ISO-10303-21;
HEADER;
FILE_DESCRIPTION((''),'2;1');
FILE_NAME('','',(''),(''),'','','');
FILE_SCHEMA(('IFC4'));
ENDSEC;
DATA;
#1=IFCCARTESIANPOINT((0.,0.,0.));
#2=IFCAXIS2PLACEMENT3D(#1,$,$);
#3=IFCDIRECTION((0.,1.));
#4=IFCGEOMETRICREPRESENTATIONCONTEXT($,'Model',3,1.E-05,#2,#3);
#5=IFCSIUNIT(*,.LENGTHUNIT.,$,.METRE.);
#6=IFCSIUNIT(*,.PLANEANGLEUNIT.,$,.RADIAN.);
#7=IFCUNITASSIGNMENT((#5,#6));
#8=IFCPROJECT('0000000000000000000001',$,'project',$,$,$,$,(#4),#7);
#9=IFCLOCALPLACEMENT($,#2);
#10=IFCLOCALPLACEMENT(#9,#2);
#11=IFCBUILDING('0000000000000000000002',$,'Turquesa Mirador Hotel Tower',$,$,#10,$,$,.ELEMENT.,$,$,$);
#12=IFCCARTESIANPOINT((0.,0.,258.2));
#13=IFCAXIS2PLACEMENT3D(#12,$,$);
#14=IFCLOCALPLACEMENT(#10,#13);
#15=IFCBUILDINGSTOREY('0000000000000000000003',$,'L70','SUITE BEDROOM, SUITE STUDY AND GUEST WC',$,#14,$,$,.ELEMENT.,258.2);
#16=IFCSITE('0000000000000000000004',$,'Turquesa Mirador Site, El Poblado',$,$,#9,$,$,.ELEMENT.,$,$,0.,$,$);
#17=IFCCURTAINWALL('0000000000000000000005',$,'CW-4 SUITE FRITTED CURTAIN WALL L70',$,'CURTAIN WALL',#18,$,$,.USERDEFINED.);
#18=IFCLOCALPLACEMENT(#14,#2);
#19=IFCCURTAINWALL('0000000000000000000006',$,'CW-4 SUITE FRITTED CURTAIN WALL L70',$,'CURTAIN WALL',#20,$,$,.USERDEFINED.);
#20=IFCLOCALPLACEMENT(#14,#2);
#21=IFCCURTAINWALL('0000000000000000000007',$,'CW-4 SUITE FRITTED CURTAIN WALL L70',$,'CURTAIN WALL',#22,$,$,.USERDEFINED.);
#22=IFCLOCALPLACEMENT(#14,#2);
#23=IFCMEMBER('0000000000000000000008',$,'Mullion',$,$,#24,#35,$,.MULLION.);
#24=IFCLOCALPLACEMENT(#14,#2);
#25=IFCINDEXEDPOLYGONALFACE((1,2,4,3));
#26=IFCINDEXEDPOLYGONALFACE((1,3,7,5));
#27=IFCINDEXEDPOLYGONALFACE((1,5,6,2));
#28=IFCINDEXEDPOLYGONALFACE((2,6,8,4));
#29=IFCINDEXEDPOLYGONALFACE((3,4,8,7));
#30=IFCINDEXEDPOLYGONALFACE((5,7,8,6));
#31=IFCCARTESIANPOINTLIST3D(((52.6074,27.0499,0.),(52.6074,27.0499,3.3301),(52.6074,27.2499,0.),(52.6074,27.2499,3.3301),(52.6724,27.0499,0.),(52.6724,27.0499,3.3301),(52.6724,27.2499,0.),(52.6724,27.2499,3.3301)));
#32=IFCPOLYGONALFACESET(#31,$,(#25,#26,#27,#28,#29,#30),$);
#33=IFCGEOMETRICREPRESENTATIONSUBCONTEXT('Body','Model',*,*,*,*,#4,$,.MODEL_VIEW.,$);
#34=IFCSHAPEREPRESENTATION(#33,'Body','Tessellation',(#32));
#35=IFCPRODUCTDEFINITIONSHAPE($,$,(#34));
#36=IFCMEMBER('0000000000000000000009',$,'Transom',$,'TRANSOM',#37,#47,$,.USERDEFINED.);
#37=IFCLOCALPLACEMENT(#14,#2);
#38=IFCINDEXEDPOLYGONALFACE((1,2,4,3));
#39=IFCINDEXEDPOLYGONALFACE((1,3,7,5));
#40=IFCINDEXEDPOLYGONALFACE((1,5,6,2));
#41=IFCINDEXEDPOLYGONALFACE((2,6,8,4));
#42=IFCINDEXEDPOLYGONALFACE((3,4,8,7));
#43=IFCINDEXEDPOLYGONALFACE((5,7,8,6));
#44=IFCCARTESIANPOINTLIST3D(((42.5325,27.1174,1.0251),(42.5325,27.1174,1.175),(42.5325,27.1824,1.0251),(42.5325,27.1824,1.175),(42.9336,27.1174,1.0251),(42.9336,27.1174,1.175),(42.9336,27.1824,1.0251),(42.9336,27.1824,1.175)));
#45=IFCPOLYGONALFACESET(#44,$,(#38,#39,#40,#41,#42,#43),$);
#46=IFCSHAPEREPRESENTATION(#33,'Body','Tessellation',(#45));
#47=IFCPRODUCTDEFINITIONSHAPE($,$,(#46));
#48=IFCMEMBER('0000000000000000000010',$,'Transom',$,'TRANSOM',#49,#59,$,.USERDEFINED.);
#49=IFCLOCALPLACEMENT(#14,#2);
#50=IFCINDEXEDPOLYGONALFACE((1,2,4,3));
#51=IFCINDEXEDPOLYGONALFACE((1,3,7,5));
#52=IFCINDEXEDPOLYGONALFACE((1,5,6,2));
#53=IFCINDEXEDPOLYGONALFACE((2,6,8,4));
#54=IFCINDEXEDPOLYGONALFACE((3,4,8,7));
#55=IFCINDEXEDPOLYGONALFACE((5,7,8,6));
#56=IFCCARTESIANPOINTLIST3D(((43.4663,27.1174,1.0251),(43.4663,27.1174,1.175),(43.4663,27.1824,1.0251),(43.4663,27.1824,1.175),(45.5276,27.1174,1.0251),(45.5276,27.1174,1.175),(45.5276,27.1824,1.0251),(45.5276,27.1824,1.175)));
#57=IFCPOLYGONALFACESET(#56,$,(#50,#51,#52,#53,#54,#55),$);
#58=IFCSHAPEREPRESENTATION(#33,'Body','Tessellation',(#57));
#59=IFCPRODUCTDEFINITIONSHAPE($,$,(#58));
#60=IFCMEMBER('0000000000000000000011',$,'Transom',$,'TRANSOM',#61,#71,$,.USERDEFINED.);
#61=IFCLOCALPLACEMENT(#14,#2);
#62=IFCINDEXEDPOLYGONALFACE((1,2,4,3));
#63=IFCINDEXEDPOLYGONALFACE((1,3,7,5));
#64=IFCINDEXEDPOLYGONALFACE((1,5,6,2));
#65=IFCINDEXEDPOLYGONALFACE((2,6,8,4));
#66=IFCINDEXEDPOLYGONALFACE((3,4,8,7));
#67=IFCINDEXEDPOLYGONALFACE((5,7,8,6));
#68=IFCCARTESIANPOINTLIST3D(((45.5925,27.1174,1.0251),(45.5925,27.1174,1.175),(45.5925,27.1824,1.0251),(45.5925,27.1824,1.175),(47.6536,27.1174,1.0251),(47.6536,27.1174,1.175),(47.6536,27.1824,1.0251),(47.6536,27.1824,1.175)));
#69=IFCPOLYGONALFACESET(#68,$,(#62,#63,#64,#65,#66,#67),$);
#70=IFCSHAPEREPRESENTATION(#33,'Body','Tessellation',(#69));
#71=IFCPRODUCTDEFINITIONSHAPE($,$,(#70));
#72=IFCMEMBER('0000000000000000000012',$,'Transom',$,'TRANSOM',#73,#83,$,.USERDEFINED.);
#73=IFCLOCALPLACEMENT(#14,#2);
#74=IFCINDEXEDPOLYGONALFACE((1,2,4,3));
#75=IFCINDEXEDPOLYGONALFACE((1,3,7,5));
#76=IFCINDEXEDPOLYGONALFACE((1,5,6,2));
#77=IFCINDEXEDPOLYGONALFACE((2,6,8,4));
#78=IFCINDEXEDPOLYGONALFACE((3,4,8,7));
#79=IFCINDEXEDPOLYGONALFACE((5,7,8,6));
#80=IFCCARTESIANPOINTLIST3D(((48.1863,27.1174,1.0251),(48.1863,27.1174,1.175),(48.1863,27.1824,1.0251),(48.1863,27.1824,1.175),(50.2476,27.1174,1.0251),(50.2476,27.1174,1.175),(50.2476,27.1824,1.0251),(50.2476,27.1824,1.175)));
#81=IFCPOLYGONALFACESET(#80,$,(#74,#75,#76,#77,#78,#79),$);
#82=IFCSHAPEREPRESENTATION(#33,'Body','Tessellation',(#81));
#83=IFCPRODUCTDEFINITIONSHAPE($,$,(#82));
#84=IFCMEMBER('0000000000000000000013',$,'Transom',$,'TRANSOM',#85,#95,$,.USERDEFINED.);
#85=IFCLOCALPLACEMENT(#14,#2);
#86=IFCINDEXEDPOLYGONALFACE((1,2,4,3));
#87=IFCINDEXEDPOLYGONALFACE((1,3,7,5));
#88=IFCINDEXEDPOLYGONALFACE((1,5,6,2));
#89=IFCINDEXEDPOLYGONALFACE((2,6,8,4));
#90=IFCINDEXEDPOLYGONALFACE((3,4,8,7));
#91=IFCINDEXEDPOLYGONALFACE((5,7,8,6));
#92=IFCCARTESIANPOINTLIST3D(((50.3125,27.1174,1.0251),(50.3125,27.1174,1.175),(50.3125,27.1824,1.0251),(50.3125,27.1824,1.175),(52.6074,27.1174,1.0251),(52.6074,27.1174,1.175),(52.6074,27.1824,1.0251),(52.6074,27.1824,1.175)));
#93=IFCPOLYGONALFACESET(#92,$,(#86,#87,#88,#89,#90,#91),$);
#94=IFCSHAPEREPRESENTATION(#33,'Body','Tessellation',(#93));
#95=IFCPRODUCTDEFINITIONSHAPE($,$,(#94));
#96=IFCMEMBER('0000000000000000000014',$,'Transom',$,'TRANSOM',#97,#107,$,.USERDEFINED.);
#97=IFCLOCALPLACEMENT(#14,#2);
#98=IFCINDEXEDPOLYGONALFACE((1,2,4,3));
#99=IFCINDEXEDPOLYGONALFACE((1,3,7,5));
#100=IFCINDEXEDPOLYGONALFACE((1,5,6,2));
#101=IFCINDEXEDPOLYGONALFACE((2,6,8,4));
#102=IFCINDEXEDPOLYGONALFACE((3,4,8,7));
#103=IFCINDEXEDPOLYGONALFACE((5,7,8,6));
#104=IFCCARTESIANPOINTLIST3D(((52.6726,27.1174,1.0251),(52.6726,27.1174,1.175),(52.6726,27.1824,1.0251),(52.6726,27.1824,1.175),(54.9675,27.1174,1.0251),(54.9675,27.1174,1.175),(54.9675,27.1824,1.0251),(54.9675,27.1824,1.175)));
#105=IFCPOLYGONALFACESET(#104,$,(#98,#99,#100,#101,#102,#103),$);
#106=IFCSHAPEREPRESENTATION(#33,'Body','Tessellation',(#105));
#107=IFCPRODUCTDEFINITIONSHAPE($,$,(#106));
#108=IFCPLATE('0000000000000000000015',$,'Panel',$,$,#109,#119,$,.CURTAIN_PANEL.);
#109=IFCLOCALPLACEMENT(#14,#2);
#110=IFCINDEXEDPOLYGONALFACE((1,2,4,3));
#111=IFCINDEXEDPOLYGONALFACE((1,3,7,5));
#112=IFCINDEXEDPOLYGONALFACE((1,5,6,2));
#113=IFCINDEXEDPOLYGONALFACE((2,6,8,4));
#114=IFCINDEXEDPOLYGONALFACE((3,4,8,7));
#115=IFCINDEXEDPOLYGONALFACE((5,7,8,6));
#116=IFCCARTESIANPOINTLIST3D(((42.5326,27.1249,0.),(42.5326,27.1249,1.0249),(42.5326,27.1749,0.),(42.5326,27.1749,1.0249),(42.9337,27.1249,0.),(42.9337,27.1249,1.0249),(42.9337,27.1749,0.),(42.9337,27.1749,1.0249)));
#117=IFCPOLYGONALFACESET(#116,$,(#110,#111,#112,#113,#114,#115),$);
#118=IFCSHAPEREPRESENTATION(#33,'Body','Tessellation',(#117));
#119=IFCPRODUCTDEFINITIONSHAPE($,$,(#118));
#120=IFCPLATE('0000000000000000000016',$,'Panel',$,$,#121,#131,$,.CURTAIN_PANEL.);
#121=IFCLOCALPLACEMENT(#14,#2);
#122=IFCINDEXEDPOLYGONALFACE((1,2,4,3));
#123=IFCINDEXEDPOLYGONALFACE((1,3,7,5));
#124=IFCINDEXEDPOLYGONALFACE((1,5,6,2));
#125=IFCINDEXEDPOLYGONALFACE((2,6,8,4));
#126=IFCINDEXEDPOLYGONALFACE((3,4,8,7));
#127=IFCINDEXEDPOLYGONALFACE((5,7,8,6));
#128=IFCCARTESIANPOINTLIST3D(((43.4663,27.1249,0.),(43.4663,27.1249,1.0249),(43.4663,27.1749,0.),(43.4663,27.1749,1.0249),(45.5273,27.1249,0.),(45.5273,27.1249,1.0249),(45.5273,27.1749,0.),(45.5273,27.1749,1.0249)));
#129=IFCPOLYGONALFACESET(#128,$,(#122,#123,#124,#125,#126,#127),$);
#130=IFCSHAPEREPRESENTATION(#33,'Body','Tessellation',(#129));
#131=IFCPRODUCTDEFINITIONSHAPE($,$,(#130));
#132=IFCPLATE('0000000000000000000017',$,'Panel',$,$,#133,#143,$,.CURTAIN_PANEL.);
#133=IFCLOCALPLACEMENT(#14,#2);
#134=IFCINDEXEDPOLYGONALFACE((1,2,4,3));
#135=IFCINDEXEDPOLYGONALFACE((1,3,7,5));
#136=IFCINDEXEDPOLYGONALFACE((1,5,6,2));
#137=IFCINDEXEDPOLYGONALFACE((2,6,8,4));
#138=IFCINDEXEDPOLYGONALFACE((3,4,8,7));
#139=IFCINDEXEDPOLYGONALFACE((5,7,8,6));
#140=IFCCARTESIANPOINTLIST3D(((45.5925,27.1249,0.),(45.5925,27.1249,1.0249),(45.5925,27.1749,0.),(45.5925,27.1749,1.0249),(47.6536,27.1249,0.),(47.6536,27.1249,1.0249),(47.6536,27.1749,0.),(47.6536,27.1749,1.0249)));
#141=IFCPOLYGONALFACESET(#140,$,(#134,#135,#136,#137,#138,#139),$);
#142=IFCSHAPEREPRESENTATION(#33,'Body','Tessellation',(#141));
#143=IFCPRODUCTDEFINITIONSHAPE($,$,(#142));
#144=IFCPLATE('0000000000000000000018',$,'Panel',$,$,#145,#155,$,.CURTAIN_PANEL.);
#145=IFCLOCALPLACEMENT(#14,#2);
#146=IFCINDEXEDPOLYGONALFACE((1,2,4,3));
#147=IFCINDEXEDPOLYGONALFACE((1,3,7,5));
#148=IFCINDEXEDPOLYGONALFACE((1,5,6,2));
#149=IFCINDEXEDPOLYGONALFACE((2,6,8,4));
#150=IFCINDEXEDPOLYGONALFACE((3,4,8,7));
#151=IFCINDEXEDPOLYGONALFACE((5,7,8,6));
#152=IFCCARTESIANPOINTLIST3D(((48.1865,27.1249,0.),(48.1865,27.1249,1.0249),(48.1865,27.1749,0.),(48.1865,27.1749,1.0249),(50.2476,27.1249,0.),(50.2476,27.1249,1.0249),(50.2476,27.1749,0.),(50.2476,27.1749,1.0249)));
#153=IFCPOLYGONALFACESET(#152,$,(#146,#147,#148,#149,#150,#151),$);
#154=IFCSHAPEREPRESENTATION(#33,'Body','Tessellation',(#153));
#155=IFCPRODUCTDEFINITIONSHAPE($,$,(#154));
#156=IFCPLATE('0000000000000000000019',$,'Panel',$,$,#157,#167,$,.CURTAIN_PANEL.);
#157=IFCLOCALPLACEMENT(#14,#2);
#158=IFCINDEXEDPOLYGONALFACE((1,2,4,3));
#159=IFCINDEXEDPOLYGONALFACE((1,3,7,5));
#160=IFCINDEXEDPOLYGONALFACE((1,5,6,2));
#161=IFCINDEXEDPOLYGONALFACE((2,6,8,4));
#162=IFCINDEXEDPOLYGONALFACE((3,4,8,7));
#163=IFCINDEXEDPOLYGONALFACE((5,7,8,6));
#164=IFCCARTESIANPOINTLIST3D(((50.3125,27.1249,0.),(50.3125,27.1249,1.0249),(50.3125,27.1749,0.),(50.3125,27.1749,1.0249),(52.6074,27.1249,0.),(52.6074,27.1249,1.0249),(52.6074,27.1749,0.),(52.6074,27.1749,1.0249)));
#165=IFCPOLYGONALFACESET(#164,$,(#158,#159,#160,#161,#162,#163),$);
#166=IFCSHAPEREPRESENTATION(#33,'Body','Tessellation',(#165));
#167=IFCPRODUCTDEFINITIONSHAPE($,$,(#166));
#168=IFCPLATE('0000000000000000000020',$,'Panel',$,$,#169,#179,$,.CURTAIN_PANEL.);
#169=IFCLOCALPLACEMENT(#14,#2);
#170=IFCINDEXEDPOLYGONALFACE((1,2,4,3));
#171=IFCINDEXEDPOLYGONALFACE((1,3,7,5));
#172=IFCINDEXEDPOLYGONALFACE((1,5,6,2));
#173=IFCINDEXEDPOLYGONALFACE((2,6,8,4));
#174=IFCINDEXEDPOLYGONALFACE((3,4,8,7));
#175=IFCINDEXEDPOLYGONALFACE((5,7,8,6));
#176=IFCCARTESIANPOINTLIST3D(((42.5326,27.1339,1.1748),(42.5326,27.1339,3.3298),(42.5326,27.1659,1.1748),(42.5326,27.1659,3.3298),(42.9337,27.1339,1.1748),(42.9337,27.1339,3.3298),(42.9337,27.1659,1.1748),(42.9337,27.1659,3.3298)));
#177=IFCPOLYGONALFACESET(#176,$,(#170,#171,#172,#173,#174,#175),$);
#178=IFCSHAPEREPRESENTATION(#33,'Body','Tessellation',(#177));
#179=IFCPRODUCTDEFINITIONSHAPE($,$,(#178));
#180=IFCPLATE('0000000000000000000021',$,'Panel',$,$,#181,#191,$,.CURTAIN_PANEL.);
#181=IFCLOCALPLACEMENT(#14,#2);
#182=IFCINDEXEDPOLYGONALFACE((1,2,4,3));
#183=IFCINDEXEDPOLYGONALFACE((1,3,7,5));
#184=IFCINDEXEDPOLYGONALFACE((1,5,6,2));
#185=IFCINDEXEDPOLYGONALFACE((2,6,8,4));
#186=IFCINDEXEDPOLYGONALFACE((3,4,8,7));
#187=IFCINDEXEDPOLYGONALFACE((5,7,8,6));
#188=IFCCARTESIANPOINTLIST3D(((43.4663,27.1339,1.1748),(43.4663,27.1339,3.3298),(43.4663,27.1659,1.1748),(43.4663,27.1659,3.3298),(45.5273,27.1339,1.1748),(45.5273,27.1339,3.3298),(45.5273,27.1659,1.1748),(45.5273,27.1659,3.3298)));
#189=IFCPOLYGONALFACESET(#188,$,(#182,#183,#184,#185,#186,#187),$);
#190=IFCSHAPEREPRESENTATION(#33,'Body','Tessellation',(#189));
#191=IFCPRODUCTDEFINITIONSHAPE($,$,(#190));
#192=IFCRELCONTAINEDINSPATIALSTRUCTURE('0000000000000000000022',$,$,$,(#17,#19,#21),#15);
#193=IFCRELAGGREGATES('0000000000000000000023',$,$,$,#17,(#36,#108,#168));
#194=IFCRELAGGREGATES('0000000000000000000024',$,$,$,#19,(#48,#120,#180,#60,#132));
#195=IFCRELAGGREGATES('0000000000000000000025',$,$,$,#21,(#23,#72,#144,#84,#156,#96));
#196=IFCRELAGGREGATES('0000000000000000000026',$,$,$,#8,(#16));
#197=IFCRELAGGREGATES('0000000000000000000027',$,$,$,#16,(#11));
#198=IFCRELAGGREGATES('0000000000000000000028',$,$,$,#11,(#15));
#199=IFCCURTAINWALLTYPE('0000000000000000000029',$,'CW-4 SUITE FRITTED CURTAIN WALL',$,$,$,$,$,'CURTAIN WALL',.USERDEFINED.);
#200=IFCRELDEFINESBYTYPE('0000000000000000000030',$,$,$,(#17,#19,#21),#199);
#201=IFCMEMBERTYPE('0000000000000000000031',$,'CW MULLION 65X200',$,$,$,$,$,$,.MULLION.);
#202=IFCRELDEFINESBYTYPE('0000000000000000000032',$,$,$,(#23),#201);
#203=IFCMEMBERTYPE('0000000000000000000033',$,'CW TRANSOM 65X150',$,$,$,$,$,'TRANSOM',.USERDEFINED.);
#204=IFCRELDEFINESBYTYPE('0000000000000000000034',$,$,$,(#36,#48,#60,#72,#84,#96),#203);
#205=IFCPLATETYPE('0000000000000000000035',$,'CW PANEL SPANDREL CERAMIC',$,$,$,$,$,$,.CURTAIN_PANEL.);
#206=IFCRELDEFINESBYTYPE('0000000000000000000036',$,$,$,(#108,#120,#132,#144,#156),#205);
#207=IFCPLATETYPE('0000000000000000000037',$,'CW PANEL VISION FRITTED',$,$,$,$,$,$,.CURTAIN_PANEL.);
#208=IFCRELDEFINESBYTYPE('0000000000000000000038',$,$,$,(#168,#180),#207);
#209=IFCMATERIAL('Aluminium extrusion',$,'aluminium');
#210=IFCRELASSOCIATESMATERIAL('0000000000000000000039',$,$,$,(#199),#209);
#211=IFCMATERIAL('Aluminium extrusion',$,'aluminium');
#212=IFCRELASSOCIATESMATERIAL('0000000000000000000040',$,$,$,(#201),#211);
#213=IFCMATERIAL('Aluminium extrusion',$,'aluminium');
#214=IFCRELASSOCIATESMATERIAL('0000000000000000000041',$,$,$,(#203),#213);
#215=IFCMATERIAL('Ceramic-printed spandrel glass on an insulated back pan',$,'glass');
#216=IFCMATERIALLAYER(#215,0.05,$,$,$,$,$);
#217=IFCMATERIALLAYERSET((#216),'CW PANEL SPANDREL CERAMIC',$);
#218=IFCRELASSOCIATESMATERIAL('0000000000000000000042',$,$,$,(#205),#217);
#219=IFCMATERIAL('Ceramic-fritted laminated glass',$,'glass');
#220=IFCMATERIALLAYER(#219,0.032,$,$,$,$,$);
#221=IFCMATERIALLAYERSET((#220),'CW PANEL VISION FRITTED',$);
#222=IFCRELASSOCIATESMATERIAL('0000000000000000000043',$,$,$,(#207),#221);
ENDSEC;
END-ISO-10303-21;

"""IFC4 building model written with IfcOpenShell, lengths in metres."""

from ifc_helpers import new_model, si_unit, direction, frame, origin, origin_2d, place, context, subcontext, project, spatial, rectangle, extrude, material, layer, layer_set, material_profile, profile_set, type_object, element, aggregate, save


model = new_model("IFC4")

# Units and contexts
model_context = context("Model", 3, precision=1e-05, world=origin(), true_north=direction((0.0, 1.0)))
body_context = subcontext(model_context, "Body", "Model", "MODEL_VIEW")
ifc_project = project(units=[si_unit("LENGTHUNIT", "METRE"), si_unit("PLANEANGLEUNIT", "RADIAN")], contexts=[model_context])

# Site, building, storey
site_placement = place(None, origin())
site = spatial("IfcSite", under=ifc_project, at=site_placement, Name="Turquesa Mirador Site, El Poblado", CompositionType="ELEMENT", RefElevation=0.0)
building_placement = place(site_placement, origin())
building = spatial("IfcBuilding", under=site, at=building_placement, Name="Turquesa Mirador Hotel Tower", CompositionType="ELEMENT")
storey_placement = place(building_placement, frame((0.0, 0.0, 258.2)))
storey = spatial("IfcBuildingStorey", under=building, at=storey_placement, Name="L70", Description="SUITE BEDROOM, SUITE STUDY AND GUEST WC", CompositionType="ELEMENT", Elevation=258.2)

# Curtain walls, member
ifc_material_1 = material(Name="Aluminium extrusion", Category="aluminium")
curtain_wall_type = type_object("IfcCurtainWallType", Name="CW-4 SUITE FRITTED CURTAIN WALL", ElementType="CURTAIN WALL", PredefinedType="USERDEFINED", material=ifc_material_1)
curtain_wall_1_placement = place(storey_placement, origin())
curtain_wall_1 = element("IfcCurtainWall", 1, at=curtain_wall_1_placement, inside=storey, type_object=curtain_wall_type, Name="CW-4 SUITE FRITTED CURTAIN WALL L70", ObjectType="CURTAIN WALL", PredefinedType="USERDEFINED")
ifc_material_2 = material(Name="Aluminium extrusion", Category="aluminium")
ifc_material_profile_1 = material_profile(ifc_material_2, rectangle(XDim=0.0649, YDim=0.2, at=origin_2d()), Name="MULLION 65X200")
ifc_profile_set_1 = profile_set([ifc_material_profile_1], Name="Aluminium extrusion")
member_type_1 = type_object("IfcMemberType", Name="CW MULLION 65X200", PredefinedType="MULLION", material=ifc_profile_set_1)
curtain_wall_2_placement = place(storey_placement, origin())
curtain_wall_2 = element("IfcCurtainWall", 2, at=curtain_wall_2_placement, inside=storey, type_object=curtain_wall_type, Name="CW-4 SUITE FRITTED CURTAIN WALL L70", ObjectType="CURTAIN WALL", PredefinedType="USERDEFINED")
curtain_wall_3_placement = place(storey_placement, origin())
curtain_wall_3 = element("IfcCurtainWall", 3, at=curtain_wall_3_placement, inside=storey, type_object=curtain_wall_type, Name="CW-4 SUITE FRITTED CURTAIN WALL L70", ObjectType="CURTAIN WALL", PredefinedType="USERDEFINED")
member_1_placement = place(storey_placement, frame((52.6399, 27.1499, 0.0), z_axis=(0.0, 0.0, 1.0), x_axis=(1.0, 0.0, 0.0)))
member_1 = element("IfcMember", 4, at=member_1_placement, type_object=member_type_1, Name="Mullion", PredefinedType="MULLION", context=body_context, shape_type="SweptSolid", body=[
    extrude(rectangle(XDim=0.0649, YDim=0.2, at=origin_2d()), origin(), (0.0, 0.0, 1.0), 3.3301),
])

# Members
ifc_material_3 = material(Name="Aluminium extrusion", Category="aluminium")
ifc_material_profile_2 = material_profile(ifc_material_3, rectangle(XDim=0.0649, YDim=0.1499, at=origin_2d()), Name="TRANSOM 65X150")
ifc_profile_set_2 = profile_set([ifc_material_profile_2], Name="Aluminium extrusion")
member_type_2 = type_object("IfcMemberType", Name="CW TRANSOM 65X150", ElementType="TRANSOM", PredefinedType="USERDEFINED", material=ifc_profile_set_2)
member_2_placement = place(storey_placement, frame((42.5325, 27.1499, 1.1001), z_axis=(1.0, 0.0, 0.0), x_axis=(0.0, 1.0, 0.0)))
member_2 = element("IfcMember", 5, at=member_2_placement, type_object=member_type_2, Name="Transom", ObjectType="TRANSOM", PredefinedType="USERDEFINED", context=body_context, shape_type="SweptSolid", body=[
    extrude(rectangle(XDim=0.0649, YDim=0.1499, at=origin_2d()), origin(), (0.0, 0.0, 1.0), 0.4011),
])
member_3_placement = place(storey_placement, frame((43.4663, 27.1499, 1.1001), z_axis=(1.0, 0.0, 0.0), x_axis=(0.0, 1.0, 0.0)))
member_3 = element("IfcMember", 6, at=member_3_placement, type_object=member_type_2, Name="Transom", ObjectType="TRANSOM", PredefinedType="USERDEFINED", context=body_context, shape_type="SweptSolid", body=[
    extrude(rectangle(XDim=0.0649, YDim=0.1499, at=origin_2d()), origin(), (0.0, 0.0, 1.0), 2.0613),
])
member_4_placement = place(storey_placement, frame((45.5925, 27.1499, 1.1001), z_axis=(1.0, 0.0, 0.0), x_axis=(0.0, 1.0, 0.0)))
member_4 = element("IfcMember", 7, at=member_4_placement, type_object=member_type_2, Name="Transom", ObjectType="TRANSOM", PredefinedType="USERDEFINED", context=body_context, shape_type="SweptSolid", body=[
    extrude(rectangle(XDim=0.0649, YDim=0.1499, at=origin_2d()), origin(), (0.0, 0.0, 1.0), 2.061),
])
member_5_placement = place(storey_placement, frame((48.1863, 27.1499, 1.1001), z_axis=(1.0, 0.0, 0.0), x_axis=(0.0, 1.0, 0.0)))
member_5 = element("IfcMember", 8, at=member_5_placement, type_object=member_type_2, Name="Transom", ObjectType="TRANSOM", PredefinedType="USERDEFINED", context=body_context, shape_type="SweptSolid", body=[
    extrude(rectangle(XDim=0.0649, YDim=0.1499, at=origin_2d()), origin(), (0.0, 0.0, 1.0), 2.0613),
])
member_6_placement = place(storey_placement, frame((50.3125, 27.1499, 1.1001), z_axis=(1.0, 0.0, 0.0), x_axis=(0.0, 1.0, 0.0)))
member_6 = element("IfcMember", 9, at=member_6_placement, type_object=member_type_2, Name="Transom", ObjectType="TRANSOM", PredefinedType="USERDEFINED", context=body_context, shape_type="SweptSolid", body=[
    extrude(rectangle(XDim=0.0649, YDim=0.1499, at=origin_2d()), origin(), (0.0, 0.0, 1.0), 2.2949),
])
member_7_placement = place(storey_placement, frame((52.6726, 27.1499, 1.1001), z_axis=(1.0, 0.0, 0.0), x_axis=(0.0, 1.0, 0.0)))
member_7 = element("IfcMember", 10, at=member_7_placement, type_object=member_type_2, Name="Transom", ObjectType="TRANSOM", PredefinedType="USERDEFINED", context=body_context, shape_type="SweptSolid", body=[
    extrude(rectangle(XDim=0.0649, YDim=0.1499, at=origin_2d()), origin(), (0.0, 0.0, 1.0), 2.2949),
])

# Plates
ifc_material_4 = material(Name="Ceramic-printed spandrel glass on an insulated back pan", Category="glass")
ifc_layer_1 = layer(ifc_material_4, 0.05)
ifc_layer_set_1 = layer_set([ifc_layer_1], Name="CW PANEL SPANDREL CERAMIC")
plate_type_1 = type_object("IfcPlateType", Name="CW PANEL SPANDREL CERAMIC", PredefinedType="CURTAIN_PANEL", material=ifc_layer_set_1)
plate_1_placement = place(storey_placement, frame((42.7332, 27.1499, 0.0), z_axis=(0.0, 0.0, 1.0), x_axis=(1.0, 0.0, 0.0)))
plate_1 = element("IfcPlate", 11, at=plate_1_placement, type_object=plate_type_1, Name="Panel", PredefinedType="CURTAIN_PANEL", context=body_context, shape_type="SweptSolid", body=[
    extrude(rectangle(XDim=0.4011, YDim=0.05, at=origin_2d()), origin(), (0.0, 0.0, 1.0), 1.0249),
])
plate_2_placement = place(storey_placement, frame((44.4968, 27.1499, 0.0), z_axis=(0.0, 0.0, 1.0), x_axis=(1.0, 0.0, 0.0)))
plate_2 = element("IfcPlate", 12, at=plate_2_placement, type_object=plate_type_1, Name="Panel", PredefinedType="CURTAIN_PANEL", context=body_context, shape_type="SweptSolid", body=[
    extrude(rectangle(XDim=2.061, YDim=0.05, at=origin_2d()), origin(), (0.0, 0.0, 1.0), 1.0249),
])
plate_3_placement = place(storey_placement, frame((46.623, 27.1499, 0.0), z_axis=(0.0, 0.0, 1.0), x_axis=(1.0, 0.0, 0.0)))
plate_3 = element("IfcPlate", 13, at=plate_3_placement, type_object=plate_type_1, Name="Panel", PredefinedType="CURTAIN_PANEL", context=body_context, shape_type="SweptSolid", body=[
    extrude(rectangle(XDim=2.061, YDim=0.05, at=origin_2d()), origin(), (0.0, 0.0, 1.0), 1.0249),
])
plate_4_placement = place(storey_placement, frame((49.217, 27.1499, 0.0), z_axis=(0.0, 0.0, 1.0), x_axis=(1.0, 0.0, 0.0)))
plate_4 = element("IfcPlate", 14, at=plate_4_placement, type_object=plate_type_1, Name="Panel", PredefinedType="CURTAIN_PANEL", context=body_context, shape_type="SweptSolid", body=[
    extrude(rectangle(XDim=2.061, YDim=0.05, at=origin_2d()), origin(), (0.0, 0.0, 1.0), 1.0249),
])
plate_5_placement = place(storey_placement, frame((51.46, 27.1499, 0.0), z_axis=(0.0, 0.0, 1.0), x_axis=(1.0, 0.0, 0.0)))
plate_5 = element("IfcPlate", 15, at=plate_5_placement, type_object=plate_type_1, Name="Panel", PredefinedType="CURTAIN_PANEL", context=body_context, shape_type="SweptSolid", body=[
    extrude(rectangle(XDim=2.2949, YDim=0.05, at=origin_2d()), origin(), (0.0, 0.0, 1.0), 1.0249),
])
ifc_material_5 = material(Name="Ceramic-fritted laminated glass", Category="glass")
ifc_layer_2 = layer(ifc_material_5, 0.032)
ifc_layer_set_2 = layer_set([ifc_layer_2], Name="CW PANEL VISION FRITTED")
plate_type_2 = type_object("IfcPlateType", Name="CW PANEL VISION FRITTED", PredefinedType="CURTAIN_PANEL", material=ifc_layer_set_2)
plate_6_placement = place(storey_placement, frame((42.7332, 27.1499, 1.1748), z_axis=(0.0, 0.0, 1.0), x_axis=(1.0, 0.0, 0.0)))
plate_6 = element("IfcPlate", 16, at=plate_6_placement, type_object=plate_type_2, Name="Panel", PredefinedType="CURTAIN_PANEL", context=body_context, shape_type="SweptSolid", body=[
    extrude(rectangle(XDim=0.4011, YDim=0.032, at=origin_2d()), origin(), (0.0, 0.0, 1.0), 2.155),
])
aggregate(curtain_wall_1, [member_2, plate_1, plate_6])
plate_7_placement = place(storey_placement, frame((44.4968, 27.1499, 1.1748), z_axis=(0.0, 0.0, 1.0), x_axis=(1.0, 0.0, 0.0)))
plate_7 = element("IfcPlate", 17, at=plate_7_placement, type_object=plate_type_2, Name="Panel", PredefinedType="CURTAIN_PANEL", context=body_context, shape_type="SweptSolid", body=[
    extrude(rectangle(XDim=2.061, YDim=0.032, at=origin_2d()), origin(), (0.0, 0.0, 1.0), 2.155),
])
aggregate(curtain_wall_2, [member_3, plate_2, plate_7, member_4, plate_3])
aggregate(curtain_wall_3, [member_1, member_5, plate_4, member_6, plate_5, member_7])

save(model, "model.ifc")
